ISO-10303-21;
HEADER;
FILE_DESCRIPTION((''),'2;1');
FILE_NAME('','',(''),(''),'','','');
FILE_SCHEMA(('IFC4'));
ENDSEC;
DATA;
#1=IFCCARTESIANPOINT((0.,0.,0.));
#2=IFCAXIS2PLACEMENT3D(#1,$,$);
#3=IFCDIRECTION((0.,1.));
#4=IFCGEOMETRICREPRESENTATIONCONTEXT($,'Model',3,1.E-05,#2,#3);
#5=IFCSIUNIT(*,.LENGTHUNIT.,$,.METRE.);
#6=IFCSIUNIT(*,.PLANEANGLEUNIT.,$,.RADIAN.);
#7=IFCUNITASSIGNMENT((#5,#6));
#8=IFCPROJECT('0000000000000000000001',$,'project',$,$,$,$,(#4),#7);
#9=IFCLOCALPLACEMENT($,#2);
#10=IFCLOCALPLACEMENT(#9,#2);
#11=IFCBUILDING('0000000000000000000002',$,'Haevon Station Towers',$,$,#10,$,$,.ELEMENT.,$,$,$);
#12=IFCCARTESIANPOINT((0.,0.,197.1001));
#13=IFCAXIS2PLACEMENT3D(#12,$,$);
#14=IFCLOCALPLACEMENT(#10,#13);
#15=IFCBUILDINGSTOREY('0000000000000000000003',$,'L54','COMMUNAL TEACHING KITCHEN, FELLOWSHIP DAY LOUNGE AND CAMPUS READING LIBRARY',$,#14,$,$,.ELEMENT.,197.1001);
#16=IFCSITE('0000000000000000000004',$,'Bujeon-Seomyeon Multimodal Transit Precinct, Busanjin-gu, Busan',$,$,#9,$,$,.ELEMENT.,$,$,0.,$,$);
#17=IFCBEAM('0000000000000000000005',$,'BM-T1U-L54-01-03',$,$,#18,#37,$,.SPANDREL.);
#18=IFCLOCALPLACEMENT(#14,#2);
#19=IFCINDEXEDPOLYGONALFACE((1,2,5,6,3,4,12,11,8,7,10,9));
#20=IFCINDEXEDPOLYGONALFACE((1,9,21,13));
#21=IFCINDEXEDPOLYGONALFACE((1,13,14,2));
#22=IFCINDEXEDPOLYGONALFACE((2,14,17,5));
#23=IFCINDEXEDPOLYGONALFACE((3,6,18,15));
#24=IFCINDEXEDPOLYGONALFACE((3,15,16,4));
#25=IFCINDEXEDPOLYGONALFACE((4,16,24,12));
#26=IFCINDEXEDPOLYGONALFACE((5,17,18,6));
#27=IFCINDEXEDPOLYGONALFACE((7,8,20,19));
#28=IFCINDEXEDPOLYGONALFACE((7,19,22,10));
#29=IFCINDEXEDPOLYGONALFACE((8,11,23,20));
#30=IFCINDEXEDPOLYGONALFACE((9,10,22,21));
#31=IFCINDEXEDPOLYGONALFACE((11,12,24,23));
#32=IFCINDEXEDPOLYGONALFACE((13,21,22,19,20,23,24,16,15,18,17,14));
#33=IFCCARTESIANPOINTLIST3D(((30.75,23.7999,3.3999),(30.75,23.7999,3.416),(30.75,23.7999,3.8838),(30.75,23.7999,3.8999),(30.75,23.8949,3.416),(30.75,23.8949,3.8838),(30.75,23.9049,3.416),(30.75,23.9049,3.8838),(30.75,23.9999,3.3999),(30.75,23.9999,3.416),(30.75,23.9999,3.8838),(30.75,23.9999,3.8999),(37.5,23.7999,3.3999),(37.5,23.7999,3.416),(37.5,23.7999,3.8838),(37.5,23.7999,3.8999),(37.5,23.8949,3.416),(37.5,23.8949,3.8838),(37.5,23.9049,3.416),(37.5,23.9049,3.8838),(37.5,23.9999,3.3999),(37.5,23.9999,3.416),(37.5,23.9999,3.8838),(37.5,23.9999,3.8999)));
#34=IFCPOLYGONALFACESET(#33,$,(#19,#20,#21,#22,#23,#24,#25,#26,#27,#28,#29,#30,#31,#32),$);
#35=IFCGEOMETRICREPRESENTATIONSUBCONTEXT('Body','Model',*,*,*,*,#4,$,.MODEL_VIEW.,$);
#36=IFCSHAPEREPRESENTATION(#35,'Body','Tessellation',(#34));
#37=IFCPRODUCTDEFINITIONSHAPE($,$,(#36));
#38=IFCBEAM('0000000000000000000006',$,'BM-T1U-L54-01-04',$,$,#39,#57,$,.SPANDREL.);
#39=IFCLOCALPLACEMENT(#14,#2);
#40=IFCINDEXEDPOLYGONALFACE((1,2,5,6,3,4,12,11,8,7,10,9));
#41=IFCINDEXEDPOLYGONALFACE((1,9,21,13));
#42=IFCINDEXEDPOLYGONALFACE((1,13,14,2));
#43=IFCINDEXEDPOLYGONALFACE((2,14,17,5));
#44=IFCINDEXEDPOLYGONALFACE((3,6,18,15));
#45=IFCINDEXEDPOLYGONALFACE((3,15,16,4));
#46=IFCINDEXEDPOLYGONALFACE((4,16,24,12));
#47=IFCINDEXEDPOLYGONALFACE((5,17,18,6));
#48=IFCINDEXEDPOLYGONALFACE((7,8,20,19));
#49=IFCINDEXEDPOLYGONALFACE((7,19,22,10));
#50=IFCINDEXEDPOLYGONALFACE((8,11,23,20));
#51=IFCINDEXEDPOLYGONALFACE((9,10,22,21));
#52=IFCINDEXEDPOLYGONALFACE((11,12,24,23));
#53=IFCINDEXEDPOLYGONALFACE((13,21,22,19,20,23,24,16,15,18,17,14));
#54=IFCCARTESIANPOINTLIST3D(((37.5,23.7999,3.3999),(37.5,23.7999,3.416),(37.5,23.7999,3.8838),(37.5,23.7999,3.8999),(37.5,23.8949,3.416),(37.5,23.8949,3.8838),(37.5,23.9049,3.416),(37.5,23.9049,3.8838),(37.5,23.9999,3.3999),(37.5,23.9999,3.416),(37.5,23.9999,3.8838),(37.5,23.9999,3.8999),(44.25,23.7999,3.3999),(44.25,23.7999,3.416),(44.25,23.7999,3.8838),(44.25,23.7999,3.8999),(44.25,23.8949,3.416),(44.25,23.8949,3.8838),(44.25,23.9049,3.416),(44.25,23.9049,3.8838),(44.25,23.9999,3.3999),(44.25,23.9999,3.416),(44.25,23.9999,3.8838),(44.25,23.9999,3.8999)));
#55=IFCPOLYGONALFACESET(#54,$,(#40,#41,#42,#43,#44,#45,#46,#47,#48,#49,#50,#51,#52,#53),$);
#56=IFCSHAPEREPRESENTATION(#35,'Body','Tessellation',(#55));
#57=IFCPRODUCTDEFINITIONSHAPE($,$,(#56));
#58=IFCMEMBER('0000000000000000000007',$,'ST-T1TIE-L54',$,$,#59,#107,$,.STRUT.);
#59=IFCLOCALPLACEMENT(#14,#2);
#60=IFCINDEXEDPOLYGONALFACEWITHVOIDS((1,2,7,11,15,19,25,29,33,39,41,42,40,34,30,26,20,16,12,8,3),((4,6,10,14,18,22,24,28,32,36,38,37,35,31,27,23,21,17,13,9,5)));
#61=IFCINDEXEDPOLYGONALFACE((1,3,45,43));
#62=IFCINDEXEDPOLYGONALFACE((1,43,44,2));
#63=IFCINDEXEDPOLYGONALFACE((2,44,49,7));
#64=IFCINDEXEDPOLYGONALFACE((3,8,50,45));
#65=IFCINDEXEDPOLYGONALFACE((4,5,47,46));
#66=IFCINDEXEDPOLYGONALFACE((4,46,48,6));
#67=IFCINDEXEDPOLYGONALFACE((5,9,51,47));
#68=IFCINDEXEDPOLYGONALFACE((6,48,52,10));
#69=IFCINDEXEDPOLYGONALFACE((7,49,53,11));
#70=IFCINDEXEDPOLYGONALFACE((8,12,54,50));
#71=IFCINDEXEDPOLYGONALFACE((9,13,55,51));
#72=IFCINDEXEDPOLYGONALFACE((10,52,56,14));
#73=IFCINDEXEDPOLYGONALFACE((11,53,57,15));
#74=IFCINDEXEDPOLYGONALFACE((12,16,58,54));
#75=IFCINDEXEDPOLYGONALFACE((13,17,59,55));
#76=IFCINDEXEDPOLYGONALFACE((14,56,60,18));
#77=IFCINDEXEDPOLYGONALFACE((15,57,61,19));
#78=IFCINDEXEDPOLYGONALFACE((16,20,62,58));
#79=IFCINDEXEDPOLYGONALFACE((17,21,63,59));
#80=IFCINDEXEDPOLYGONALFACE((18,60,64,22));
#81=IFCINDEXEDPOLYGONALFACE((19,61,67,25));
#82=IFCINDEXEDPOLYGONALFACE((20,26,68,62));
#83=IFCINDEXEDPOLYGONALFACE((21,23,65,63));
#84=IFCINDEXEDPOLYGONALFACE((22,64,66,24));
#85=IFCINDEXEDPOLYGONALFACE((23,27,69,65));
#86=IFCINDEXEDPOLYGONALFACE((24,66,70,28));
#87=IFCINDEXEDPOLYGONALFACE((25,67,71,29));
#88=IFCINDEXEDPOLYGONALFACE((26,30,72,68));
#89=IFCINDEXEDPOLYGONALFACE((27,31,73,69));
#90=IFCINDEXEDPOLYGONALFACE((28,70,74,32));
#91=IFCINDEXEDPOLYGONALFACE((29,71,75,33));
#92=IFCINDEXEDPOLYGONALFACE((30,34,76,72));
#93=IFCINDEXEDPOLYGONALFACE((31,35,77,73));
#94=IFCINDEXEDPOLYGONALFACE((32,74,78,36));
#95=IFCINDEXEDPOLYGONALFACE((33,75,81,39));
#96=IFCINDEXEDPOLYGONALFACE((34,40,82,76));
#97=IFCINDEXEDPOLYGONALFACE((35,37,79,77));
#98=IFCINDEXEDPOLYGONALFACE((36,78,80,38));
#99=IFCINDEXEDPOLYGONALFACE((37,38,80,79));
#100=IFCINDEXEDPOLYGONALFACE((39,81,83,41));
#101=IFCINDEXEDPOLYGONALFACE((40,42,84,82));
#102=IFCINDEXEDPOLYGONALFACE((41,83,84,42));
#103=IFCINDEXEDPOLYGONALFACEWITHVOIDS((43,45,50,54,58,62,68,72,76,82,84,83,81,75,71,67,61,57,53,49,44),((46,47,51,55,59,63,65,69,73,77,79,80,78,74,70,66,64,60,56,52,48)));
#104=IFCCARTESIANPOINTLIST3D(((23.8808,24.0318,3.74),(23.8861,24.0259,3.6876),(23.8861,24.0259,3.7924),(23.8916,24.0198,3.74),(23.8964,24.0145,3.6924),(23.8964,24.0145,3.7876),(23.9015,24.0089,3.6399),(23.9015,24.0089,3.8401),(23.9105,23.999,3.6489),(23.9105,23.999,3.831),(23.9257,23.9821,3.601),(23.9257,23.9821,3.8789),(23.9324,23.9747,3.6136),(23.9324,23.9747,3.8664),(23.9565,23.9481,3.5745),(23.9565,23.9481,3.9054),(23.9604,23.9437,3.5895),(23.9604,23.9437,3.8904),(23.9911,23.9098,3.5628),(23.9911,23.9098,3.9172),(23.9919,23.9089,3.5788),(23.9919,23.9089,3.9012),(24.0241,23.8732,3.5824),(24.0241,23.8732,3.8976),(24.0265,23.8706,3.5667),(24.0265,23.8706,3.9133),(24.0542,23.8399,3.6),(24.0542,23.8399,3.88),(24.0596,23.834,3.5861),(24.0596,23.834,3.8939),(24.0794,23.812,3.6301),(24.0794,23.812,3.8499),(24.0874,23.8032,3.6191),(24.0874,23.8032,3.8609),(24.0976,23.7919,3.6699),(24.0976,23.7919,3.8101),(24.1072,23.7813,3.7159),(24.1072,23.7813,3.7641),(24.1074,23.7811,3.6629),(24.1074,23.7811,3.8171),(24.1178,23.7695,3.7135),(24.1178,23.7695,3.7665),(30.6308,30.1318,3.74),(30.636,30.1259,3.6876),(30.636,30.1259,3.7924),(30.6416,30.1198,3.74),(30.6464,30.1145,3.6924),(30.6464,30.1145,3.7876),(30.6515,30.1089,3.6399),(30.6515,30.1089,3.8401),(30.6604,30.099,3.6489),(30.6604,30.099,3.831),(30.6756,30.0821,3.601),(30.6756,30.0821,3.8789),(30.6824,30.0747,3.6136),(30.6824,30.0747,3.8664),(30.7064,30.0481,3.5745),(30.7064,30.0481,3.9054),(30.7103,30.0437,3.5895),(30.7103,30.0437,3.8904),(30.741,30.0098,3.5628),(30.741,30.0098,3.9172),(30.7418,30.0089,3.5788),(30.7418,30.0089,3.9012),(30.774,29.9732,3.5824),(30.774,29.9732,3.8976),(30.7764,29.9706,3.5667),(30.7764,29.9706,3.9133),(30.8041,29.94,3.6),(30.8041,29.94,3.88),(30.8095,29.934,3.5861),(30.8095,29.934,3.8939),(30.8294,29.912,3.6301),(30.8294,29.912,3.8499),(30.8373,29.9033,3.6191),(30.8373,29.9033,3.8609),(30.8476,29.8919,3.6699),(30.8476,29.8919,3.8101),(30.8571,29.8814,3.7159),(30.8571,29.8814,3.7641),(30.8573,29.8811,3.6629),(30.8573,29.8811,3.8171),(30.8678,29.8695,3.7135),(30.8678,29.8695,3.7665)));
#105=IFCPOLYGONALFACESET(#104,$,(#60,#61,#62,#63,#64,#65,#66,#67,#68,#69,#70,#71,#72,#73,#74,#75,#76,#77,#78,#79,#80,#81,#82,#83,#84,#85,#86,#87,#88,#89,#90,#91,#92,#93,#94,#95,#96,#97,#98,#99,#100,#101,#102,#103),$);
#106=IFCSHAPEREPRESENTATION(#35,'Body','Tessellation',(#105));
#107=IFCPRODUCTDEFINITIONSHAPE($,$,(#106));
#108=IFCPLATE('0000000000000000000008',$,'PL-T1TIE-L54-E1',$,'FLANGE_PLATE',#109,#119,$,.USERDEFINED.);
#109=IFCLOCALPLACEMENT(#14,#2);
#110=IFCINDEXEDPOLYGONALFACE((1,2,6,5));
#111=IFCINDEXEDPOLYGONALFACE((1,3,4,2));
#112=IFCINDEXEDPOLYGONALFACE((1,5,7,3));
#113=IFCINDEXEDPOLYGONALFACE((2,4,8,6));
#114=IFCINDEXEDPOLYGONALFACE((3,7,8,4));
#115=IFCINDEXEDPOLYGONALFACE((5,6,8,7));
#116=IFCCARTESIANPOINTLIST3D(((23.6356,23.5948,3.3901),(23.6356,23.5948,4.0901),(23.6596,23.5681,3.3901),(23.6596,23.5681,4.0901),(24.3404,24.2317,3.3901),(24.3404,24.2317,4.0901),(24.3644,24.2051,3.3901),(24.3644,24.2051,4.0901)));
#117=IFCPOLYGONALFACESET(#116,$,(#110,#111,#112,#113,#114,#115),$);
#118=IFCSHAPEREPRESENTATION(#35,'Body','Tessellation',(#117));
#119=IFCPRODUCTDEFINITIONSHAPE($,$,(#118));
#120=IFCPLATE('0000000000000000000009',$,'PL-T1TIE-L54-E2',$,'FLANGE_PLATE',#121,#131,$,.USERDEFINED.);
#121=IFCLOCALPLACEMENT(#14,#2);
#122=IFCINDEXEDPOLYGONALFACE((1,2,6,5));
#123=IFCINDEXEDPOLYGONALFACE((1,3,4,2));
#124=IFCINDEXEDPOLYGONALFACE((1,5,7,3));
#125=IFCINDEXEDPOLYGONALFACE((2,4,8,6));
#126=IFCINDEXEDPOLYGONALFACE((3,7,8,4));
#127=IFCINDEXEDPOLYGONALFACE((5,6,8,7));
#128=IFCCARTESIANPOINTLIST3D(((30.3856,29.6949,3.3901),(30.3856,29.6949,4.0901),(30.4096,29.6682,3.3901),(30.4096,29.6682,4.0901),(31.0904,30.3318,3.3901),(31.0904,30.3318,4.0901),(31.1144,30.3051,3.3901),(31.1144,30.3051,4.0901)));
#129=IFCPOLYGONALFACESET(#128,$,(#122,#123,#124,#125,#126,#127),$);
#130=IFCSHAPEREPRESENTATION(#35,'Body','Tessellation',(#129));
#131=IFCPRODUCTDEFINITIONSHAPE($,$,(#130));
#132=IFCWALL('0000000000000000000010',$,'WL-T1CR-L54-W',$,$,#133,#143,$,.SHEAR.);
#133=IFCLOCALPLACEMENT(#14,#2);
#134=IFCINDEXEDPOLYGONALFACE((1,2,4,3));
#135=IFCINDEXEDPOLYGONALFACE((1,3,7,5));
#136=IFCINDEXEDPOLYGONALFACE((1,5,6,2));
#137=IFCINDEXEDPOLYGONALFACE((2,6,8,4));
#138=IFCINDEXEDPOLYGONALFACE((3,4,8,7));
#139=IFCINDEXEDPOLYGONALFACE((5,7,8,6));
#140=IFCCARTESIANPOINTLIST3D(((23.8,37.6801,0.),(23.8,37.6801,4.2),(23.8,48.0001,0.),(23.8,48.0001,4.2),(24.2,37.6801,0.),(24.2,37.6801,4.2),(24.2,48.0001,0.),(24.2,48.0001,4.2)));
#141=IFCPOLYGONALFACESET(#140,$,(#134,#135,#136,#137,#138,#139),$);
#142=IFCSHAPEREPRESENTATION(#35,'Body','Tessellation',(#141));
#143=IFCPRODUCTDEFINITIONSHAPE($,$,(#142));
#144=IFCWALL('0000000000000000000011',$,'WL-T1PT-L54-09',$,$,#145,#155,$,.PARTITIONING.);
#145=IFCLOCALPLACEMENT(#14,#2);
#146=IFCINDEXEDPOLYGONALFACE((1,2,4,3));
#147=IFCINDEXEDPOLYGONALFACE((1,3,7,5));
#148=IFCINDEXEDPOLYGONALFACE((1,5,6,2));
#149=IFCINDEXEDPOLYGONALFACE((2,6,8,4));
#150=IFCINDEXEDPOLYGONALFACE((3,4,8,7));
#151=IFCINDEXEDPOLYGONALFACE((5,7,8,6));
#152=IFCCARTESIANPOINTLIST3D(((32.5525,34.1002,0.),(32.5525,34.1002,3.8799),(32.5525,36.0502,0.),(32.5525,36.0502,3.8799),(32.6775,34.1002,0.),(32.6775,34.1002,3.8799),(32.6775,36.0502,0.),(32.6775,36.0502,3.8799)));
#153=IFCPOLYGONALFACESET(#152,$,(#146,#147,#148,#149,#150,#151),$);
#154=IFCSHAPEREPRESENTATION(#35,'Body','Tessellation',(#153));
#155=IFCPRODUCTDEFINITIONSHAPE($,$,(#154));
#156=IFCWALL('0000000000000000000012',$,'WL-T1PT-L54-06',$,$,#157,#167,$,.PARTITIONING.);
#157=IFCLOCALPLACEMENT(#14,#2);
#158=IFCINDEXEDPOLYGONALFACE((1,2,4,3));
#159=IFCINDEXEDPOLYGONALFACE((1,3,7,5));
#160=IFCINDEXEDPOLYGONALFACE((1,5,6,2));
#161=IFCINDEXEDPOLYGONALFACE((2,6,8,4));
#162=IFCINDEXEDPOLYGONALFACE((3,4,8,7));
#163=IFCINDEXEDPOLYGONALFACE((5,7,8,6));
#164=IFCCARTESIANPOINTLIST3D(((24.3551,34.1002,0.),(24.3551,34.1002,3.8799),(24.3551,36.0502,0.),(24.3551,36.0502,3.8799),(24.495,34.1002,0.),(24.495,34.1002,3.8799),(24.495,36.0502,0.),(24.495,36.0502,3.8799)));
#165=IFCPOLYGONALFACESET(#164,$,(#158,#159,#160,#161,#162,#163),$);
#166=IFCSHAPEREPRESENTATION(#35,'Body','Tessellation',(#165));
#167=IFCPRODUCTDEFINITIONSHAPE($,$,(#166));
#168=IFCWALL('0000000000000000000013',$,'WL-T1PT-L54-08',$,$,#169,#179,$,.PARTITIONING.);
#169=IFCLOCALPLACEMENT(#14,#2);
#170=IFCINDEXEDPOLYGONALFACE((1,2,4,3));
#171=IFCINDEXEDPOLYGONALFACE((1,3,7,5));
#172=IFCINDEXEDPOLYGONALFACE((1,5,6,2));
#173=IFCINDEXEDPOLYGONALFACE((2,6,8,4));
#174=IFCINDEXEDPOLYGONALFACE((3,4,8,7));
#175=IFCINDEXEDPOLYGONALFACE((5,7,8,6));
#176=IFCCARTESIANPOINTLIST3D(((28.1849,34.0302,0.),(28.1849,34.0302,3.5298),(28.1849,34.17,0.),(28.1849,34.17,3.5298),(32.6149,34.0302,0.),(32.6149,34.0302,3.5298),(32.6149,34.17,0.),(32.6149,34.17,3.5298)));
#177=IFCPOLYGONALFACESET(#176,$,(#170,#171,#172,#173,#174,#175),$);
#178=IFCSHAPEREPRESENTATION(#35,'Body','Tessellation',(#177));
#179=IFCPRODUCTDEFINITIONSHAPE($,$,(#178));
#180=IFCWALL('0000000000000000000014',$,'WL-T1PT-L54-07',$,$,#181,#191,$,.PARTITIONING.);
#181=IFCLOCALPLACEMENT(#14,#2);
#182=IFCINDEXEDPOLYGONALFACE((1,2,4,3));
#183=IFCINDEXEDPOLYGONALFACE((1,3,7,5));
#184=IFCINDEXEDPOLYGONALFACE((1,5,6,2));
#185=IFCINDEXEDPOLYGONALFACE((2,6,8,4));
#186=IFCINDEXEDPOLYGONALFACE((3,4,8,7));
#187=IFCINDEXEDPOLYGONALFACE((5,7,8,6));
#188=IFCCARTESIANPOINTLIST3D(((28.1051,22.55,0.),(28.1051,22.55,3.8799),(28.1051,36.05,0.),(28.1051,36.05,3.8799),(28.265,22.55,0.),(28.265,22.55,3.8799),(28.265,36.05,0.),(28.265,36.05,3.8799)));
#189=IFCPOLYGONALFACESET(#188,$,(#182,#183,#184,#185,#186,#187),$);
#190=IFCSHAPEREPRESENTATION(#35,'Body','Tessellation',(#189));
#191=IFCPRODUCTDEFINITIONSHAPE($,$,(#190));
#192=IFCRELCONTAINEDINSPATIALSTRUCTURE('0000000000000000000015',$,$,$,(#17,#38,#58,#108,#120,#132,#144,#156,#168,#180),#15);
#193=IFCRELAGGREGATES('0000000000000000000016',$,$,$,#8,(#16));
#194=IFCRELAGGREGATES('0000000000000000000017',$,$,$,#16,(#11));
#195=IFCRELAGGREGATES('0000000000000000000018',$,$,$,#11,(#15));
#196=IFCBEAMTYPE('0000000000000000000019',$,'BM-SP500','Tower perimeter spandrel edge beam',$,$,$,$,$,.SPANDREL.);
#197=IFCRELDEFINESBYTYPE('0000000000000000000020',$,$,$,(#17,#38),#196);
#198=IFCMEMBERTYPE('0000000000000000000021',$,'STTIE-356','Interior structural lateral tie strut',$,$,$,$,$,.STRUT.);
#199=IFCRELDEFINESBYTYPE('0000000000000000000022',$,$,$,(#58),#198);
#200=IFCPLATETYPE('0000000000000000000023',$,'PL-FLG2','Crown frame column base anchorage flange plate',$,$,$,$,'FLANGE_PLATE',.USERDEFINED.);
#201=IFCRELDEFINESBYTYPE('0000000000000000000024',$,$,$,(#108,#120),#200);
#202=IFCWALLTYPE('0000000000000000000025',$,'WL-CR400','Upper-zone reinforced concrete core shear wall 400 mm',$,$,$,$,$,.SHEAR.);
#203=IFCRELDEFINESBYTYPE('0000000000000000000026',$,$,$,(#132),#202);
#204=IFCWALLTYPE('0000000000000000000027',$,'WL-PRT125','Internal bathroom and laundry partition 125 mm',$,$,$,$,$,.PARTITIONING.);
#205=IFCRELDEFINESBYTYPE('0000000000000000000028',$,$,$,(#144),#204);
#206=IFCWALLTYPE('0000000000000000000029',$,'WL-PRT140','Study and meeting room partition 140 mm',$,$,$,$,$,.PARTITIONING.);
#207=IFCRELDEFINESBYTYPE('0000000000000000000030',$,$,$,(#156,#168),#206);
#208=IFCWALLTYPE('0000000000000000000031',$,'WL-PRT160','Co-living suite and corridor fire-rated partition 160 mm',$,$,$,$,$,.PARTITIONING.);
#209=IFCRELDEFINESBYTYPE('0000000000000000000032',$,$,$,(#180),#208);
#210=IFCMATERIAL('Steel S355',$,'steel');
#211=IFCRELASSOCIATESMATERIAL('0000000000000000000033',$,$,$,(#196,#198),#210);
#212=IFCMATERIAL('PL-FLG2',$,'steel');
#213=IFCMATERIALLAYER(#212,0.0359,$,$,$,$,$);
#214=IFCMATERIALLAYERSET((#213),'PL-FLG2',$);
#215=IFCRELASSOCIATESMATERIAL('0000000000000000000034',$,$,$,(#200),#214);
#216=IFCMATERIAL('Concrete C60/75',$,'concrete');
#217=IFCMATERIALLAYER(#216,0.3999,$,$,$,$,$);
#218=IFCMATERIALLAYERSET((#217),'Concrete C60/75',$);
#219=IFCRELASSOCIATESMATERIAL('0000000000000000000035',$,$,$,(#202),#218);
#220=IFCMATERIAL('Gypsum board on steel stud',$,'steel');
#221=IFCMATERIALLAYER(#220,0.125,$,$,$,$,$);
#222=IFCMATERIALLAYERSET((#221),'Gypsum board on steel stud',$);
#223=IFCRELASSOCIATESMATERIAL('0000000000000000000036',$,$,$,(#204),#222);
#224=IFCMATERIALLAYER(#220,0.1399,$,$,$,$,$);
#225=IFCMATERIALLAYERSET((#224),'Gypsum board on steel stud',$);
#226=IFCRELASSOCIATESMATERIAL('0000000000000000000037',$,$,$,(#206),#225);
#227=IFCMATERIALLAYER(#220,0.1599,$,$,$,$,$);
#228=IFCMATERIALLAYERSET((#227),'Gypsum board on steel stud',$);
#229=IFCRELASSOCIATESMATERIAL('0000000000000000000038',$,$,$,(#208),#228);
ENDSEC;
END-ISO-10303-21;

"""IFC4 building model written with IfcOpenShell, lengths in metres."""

from ifc_helpers import new_model, si_unit, direction, frame, frame_2d, origin, origin_2d, place, context, subcontext, project, spatial, rectangle, hollow_circle, i_section, extrude, material, layer, layer_set, material_profile, profile_set, type_object, element, save


model = new_model("IFC4")

# Units and contexts
model_context = context("Model", 3, precision=1e-05, world=origin(), true_north=direction((0.0, 1.0)))
body_context = subcontext(model_context, "Body", "Model", "MODEL_VIEW")
ifc_project = project(units=[si_unit("LENGTHUNIT", "METRE"), si_unit("PLANEANGLEUNIT", "RADIAN")], contexts=[model_context])

# Site, building, storey
site_placement = place(None, origin())
site = spatial("IfcSite", under=ifc_project, at=site_placement, Name="Bujeon-Seomyeon Multimodal Transit Precinct, Busanjin-gu, Busan", CompositionType="ELEMENT", RefElevation=0.0)
building_placement = place(site_placement, origin())
building = spatial("IfcBuilding", under=site, at=building_placement, Name="Haevon Station Towers", CompositionType="ELEMENT")
storey_placement = place(building_placement, frame((0.0, 0.0, 197.1001)))
storey = spatial("IfcBuildingStorey", under=building, at=storey_placement, Name="L54", Description="COMMUNAL TEACHING KITCHEN, FELLOWSHIP DAY LOUNGE AND CAMPUS READING LIBRARY", CompositionType="ELEMENT", Elevation=197.1001)

# Shared definitions
ifc_material_1 = material(Name="Steel S355", Category="steel")

# Beams
ifc_material_profile_1 = material_profile(ifc_material_1, i_section(OverallWidth=0.2, OverallDepth=0.5, WebThickness=0.01, FlangeThickness=0.0161, at=origin_2d()), Name="H-500x200x10x16")
ifc_profile_set_1 = profile_set([ifc_material_profile_1], Name="Steel S355")
beam_type_1 = type_object("IfcBeamType", Name="BM-SP500", Description="Tower perimeter spandrel edge beam", PredefinedType="SPANDREL", material=ifc_profile_set_1)
for number, where, z_axis, x_axis, name in (
    (1, (30.75, 23.8999, 3.6499), (1.0, 0.0, 0.0), (0.0, 1.0, 0.0), "BM-T1U-L54-01-03"),
    (2, (37.5, 23.8999, 3.6499), (1.0, 0.0, 0.0), (0.0, 1.0, 0.0), "BM-T1U-L54-01-04"),
):
    element("IfcBeam", number, at=place(storey_placement, frame(where, z_axis=z_axis, x_axis=x_axis)), inside=storey, type_object=beam_type_1, Name=name, PredefinedType="SPANDREL", context=body_context, shape_type="SweptSolid", body=[
        extrude(i_section(OverallWidth=0.2, OverallDepth=0.5, WebThickness=0.01, FlangeThickness=0.0161, at=origin_2d()), origin(), (0.0, 0.0, 1.0), 6.75),
    ])

# Member
ifc_material_profile_2 = material_profile(ifc_material_1, hollow_circle(Radius=0.1777, WallThickness=0.0161, at=origin_2d()), Name="CHS-355.6x16")
ifc_profile_set_2 = profile_set([ifc_material_profile_2], Name="Steel S355")
member_type = type_object("IfcMemberType", Name="STTIE-356", Description="Interior structural lateral tie strut", PredefinedType="STRUT", material=ifc_profile_set_2)
member_placement = place(storey_placement, frame((24.0, 23.8999, 3.74), z_axis=(0.741921, 0.670487, 0.0), x_axis=(-0.670487, 0.741921, 0.0)))
element("IfcMember", 3, at=member_placement, inside=storey, type_object=member_type, Name="ST-T1TIE-L54", PredefinedType="STRUT", context=body_context, shape_type="SweptSolid", body=[
    extrude(hollow_circle(Radius=0.1777, WallThickness=0.0161, at=origin_2d()), origin(), (0.0, 0.0, 1.0), 9.0979),
])

# Plates
ifc_material_2 = material(Name="PL-FLG2", Category="steel")
ifc_layer_1 = layer(ifc_material_2, 0.0359)
ifc_layer_set_1 = layer_set([ifc_layer_1], Name="PL-FLG2")
plate_type = type_object("IfcPlateType", Name="PL-FLG2", Description="Crown frame column base anchorage flange plate", ElementType="FLANGE_PLATE", PredefinedType="USERDEFINED", material=ifc_layer_set_1)
for number, where, z_axis, x_axis, name in (
    (4, (24.0, 23.8999, 3.3901), (0.0, 0.0, 1.0), (0.741927, 0.670481, 0.0), "PL-T1TIE-L54-E1"),
    (5, (30.75, 30.0, 3.3901), (0.0, 0.0, 1.0), (0.741927, 0.670481, 0.0), "PL-T1TIE-L54-E2"),
):
    element("IfcPlate", number, at=place(storey_placement, frame(where, z_axis=z_axis, x_axis=x_axis)), inside=storey, type_object=plate_type, Name=name, ObjectType="FLANGE_PLATE", PredefinedType="USERDEFINED", context=body_context, shape_type="SweptSolid", body=[
        extrude(rectangle(XDim=0.95, YDim=0.0359, at=origin_2d()), origin(), (0.0, 0.0, 1.0), 0.7),
    ])

# Walls
ifc_material_3 = material(Name="Concrete C60/75", Category="concrete")
ifc_layer_2 = layer(ifc_material_3, 0.3999)
ifc_layer_set_2 = layer_set([ifc_layer_2], Name="Concrete C60/75")
wall_type_1 = type_object("IfcWallType", Name="WL-CR400", Description="Upper-zone reinforced concrete core shear wall 400 mm", PredefinedType="SHEAR", material=ifc_layer_set_2)
wall_1_placement = place(storey_placement, frame((24.0, 37.6799, 0.0), z_axis=(0.0, 0.0, 1.0), x_axis=(0.0, 1.0, 0.0)))
element("IfcWall", 6, at=wall_1_placement, inside=storey, type_object=wall_type_1, Name="WL-T1CR-L54-W", PredefinedType="SHEAR", context=body_context, shape_type="SweptSolid", body=[
    extrude(rectangle(XDim=10.3201, YDim=0.3999, at=frame_2d((5.1602, 0.0))), origin(), (0.0, 0.0, 1.0), 4.2),
])
ifc_material_4 = material(Name="Gypsum board on steel stud", Category="steel")
ifc_layer_3 = layer(ifc_material_4, 0.125)
ifc_layer_set_3 = layer_set([ifc_layer_3], Name="Gypsum board on steel stud")
wall_type_2 = type_object("IfcWallType", Name="WL-PRT125", Description="Internal bathroom and laundry partition 125 mm", PredefinedType="PARTITIONING", material=ifc_layer_set_3)
wall_2_placement = place(storey_placement, frame((32.615, 34.1001, 0.0), z_axis=(0.0, 0.0, 1.0), x_axis=(0.0, 1.0, 0.0)))
element("IfcWall", 7, at=wall_2_placement, inside=storey, type_object=wall_type_2, Name="WL-T1PT-L54-09", PredefinedType="PARTITIONING", context=body_context, shape_type="SweptSolid", body=[
    extrude(rectangle(XDim=1.95, YDim=0.125, at=frame_2d((0.9751, 0.0))), origin(), (0.0, 0.0, 1.0), 3.8799),
])
ifc_layer_4 = layer(ifc_material_4, 0.1399)
ifc_layer_set_4 = layer_set([ifc_layer_4], Name="Gypsum board on steel stud")
wall_type_3 = type_object("IfcWallType", Name="WL-PRT140", Description="Study and meeting room partition 140 mm", PredefinedType="PARTITIONING", material=ifc_layer_set_4)
wall_3_placement = place(storey_placement, frame((24.425, 34.1001, 0.0), z_axis=(0.0, 0.0, 1.0), x_axis=(0.0, 1.0, 0.0)))
element("IfcWall", 8, at=wall_3_placement, inside=storey, type_object=wall_type_3, Name="WL-T1PT-L54-06", PredefinedType="PARTITIONING", context=body_context, shape_type="SweptSolid", body=[
    extrude(rectangle(XDim=1.95, YDim=0.1399, at=frame_2d((0.9751, 0.0))), origin(), (0.0, 0.0, 1.0), 3.8799),
])
wall_4_placement = place(storey_placement, frame((28.1851, 34.1001, 0.0), z_axis=(0.0, 0.0, 1.0), x_axis=(1.0, 0.0, 0.0)))
element("IfcWall", 9, at=wall_4_placement, inside=storey, type_object=wall_type_3, Name="WL-T1PT-L54-08", PredefinedType="PARTITIONING", context=body_context, shape_type="SweptSolid", body=[
    extrude(rectangle(XDim=4.4299, YDim=0.1399, at=frame_2d((2.2148, 0.0))), origin(), (0.0, 0.0, 1.0), 3.5298),
])
ifc_layer_5 = layer(ifc_material_4, 0.1599)
ifc_layer_set_5 = layer_set([ifc_layer_5], Name="Gypsum board on steel stud")
wall_type_4 = type_object("IfcWallType", Name="WL-PRT160", Description="Co-living suite and corridor fire-rated partition 160 mm", PredefinedType="PARTITIONING", material=ifc_layer_set_5)
for number, where, z_axis, x_axis, name in (
    (10, (28.1851, 22.55, 0.0), (0.0, 0.0, 1.0), (0.0, 1.0, 0.0), "WL-T1PT-L54-07"),
):
    element("IfcWall", number, at=place(storey_placement, frame(where, z_axis=z_axis, x_axis=x_axis)), inside=storey, type_object=wall_type_4, Name=name, PredefinedType="PARTITIONING", context=body_context, shape_type="SweptSolid", body=[
        extrude(rectangle(XDim=13.5, YDim=0.1599, at=frame_2d((6.75, 0.0))), origin(), (0.0, 0.0, 1.0), 3.8799),
    ])

save(model, "model.ifc")
